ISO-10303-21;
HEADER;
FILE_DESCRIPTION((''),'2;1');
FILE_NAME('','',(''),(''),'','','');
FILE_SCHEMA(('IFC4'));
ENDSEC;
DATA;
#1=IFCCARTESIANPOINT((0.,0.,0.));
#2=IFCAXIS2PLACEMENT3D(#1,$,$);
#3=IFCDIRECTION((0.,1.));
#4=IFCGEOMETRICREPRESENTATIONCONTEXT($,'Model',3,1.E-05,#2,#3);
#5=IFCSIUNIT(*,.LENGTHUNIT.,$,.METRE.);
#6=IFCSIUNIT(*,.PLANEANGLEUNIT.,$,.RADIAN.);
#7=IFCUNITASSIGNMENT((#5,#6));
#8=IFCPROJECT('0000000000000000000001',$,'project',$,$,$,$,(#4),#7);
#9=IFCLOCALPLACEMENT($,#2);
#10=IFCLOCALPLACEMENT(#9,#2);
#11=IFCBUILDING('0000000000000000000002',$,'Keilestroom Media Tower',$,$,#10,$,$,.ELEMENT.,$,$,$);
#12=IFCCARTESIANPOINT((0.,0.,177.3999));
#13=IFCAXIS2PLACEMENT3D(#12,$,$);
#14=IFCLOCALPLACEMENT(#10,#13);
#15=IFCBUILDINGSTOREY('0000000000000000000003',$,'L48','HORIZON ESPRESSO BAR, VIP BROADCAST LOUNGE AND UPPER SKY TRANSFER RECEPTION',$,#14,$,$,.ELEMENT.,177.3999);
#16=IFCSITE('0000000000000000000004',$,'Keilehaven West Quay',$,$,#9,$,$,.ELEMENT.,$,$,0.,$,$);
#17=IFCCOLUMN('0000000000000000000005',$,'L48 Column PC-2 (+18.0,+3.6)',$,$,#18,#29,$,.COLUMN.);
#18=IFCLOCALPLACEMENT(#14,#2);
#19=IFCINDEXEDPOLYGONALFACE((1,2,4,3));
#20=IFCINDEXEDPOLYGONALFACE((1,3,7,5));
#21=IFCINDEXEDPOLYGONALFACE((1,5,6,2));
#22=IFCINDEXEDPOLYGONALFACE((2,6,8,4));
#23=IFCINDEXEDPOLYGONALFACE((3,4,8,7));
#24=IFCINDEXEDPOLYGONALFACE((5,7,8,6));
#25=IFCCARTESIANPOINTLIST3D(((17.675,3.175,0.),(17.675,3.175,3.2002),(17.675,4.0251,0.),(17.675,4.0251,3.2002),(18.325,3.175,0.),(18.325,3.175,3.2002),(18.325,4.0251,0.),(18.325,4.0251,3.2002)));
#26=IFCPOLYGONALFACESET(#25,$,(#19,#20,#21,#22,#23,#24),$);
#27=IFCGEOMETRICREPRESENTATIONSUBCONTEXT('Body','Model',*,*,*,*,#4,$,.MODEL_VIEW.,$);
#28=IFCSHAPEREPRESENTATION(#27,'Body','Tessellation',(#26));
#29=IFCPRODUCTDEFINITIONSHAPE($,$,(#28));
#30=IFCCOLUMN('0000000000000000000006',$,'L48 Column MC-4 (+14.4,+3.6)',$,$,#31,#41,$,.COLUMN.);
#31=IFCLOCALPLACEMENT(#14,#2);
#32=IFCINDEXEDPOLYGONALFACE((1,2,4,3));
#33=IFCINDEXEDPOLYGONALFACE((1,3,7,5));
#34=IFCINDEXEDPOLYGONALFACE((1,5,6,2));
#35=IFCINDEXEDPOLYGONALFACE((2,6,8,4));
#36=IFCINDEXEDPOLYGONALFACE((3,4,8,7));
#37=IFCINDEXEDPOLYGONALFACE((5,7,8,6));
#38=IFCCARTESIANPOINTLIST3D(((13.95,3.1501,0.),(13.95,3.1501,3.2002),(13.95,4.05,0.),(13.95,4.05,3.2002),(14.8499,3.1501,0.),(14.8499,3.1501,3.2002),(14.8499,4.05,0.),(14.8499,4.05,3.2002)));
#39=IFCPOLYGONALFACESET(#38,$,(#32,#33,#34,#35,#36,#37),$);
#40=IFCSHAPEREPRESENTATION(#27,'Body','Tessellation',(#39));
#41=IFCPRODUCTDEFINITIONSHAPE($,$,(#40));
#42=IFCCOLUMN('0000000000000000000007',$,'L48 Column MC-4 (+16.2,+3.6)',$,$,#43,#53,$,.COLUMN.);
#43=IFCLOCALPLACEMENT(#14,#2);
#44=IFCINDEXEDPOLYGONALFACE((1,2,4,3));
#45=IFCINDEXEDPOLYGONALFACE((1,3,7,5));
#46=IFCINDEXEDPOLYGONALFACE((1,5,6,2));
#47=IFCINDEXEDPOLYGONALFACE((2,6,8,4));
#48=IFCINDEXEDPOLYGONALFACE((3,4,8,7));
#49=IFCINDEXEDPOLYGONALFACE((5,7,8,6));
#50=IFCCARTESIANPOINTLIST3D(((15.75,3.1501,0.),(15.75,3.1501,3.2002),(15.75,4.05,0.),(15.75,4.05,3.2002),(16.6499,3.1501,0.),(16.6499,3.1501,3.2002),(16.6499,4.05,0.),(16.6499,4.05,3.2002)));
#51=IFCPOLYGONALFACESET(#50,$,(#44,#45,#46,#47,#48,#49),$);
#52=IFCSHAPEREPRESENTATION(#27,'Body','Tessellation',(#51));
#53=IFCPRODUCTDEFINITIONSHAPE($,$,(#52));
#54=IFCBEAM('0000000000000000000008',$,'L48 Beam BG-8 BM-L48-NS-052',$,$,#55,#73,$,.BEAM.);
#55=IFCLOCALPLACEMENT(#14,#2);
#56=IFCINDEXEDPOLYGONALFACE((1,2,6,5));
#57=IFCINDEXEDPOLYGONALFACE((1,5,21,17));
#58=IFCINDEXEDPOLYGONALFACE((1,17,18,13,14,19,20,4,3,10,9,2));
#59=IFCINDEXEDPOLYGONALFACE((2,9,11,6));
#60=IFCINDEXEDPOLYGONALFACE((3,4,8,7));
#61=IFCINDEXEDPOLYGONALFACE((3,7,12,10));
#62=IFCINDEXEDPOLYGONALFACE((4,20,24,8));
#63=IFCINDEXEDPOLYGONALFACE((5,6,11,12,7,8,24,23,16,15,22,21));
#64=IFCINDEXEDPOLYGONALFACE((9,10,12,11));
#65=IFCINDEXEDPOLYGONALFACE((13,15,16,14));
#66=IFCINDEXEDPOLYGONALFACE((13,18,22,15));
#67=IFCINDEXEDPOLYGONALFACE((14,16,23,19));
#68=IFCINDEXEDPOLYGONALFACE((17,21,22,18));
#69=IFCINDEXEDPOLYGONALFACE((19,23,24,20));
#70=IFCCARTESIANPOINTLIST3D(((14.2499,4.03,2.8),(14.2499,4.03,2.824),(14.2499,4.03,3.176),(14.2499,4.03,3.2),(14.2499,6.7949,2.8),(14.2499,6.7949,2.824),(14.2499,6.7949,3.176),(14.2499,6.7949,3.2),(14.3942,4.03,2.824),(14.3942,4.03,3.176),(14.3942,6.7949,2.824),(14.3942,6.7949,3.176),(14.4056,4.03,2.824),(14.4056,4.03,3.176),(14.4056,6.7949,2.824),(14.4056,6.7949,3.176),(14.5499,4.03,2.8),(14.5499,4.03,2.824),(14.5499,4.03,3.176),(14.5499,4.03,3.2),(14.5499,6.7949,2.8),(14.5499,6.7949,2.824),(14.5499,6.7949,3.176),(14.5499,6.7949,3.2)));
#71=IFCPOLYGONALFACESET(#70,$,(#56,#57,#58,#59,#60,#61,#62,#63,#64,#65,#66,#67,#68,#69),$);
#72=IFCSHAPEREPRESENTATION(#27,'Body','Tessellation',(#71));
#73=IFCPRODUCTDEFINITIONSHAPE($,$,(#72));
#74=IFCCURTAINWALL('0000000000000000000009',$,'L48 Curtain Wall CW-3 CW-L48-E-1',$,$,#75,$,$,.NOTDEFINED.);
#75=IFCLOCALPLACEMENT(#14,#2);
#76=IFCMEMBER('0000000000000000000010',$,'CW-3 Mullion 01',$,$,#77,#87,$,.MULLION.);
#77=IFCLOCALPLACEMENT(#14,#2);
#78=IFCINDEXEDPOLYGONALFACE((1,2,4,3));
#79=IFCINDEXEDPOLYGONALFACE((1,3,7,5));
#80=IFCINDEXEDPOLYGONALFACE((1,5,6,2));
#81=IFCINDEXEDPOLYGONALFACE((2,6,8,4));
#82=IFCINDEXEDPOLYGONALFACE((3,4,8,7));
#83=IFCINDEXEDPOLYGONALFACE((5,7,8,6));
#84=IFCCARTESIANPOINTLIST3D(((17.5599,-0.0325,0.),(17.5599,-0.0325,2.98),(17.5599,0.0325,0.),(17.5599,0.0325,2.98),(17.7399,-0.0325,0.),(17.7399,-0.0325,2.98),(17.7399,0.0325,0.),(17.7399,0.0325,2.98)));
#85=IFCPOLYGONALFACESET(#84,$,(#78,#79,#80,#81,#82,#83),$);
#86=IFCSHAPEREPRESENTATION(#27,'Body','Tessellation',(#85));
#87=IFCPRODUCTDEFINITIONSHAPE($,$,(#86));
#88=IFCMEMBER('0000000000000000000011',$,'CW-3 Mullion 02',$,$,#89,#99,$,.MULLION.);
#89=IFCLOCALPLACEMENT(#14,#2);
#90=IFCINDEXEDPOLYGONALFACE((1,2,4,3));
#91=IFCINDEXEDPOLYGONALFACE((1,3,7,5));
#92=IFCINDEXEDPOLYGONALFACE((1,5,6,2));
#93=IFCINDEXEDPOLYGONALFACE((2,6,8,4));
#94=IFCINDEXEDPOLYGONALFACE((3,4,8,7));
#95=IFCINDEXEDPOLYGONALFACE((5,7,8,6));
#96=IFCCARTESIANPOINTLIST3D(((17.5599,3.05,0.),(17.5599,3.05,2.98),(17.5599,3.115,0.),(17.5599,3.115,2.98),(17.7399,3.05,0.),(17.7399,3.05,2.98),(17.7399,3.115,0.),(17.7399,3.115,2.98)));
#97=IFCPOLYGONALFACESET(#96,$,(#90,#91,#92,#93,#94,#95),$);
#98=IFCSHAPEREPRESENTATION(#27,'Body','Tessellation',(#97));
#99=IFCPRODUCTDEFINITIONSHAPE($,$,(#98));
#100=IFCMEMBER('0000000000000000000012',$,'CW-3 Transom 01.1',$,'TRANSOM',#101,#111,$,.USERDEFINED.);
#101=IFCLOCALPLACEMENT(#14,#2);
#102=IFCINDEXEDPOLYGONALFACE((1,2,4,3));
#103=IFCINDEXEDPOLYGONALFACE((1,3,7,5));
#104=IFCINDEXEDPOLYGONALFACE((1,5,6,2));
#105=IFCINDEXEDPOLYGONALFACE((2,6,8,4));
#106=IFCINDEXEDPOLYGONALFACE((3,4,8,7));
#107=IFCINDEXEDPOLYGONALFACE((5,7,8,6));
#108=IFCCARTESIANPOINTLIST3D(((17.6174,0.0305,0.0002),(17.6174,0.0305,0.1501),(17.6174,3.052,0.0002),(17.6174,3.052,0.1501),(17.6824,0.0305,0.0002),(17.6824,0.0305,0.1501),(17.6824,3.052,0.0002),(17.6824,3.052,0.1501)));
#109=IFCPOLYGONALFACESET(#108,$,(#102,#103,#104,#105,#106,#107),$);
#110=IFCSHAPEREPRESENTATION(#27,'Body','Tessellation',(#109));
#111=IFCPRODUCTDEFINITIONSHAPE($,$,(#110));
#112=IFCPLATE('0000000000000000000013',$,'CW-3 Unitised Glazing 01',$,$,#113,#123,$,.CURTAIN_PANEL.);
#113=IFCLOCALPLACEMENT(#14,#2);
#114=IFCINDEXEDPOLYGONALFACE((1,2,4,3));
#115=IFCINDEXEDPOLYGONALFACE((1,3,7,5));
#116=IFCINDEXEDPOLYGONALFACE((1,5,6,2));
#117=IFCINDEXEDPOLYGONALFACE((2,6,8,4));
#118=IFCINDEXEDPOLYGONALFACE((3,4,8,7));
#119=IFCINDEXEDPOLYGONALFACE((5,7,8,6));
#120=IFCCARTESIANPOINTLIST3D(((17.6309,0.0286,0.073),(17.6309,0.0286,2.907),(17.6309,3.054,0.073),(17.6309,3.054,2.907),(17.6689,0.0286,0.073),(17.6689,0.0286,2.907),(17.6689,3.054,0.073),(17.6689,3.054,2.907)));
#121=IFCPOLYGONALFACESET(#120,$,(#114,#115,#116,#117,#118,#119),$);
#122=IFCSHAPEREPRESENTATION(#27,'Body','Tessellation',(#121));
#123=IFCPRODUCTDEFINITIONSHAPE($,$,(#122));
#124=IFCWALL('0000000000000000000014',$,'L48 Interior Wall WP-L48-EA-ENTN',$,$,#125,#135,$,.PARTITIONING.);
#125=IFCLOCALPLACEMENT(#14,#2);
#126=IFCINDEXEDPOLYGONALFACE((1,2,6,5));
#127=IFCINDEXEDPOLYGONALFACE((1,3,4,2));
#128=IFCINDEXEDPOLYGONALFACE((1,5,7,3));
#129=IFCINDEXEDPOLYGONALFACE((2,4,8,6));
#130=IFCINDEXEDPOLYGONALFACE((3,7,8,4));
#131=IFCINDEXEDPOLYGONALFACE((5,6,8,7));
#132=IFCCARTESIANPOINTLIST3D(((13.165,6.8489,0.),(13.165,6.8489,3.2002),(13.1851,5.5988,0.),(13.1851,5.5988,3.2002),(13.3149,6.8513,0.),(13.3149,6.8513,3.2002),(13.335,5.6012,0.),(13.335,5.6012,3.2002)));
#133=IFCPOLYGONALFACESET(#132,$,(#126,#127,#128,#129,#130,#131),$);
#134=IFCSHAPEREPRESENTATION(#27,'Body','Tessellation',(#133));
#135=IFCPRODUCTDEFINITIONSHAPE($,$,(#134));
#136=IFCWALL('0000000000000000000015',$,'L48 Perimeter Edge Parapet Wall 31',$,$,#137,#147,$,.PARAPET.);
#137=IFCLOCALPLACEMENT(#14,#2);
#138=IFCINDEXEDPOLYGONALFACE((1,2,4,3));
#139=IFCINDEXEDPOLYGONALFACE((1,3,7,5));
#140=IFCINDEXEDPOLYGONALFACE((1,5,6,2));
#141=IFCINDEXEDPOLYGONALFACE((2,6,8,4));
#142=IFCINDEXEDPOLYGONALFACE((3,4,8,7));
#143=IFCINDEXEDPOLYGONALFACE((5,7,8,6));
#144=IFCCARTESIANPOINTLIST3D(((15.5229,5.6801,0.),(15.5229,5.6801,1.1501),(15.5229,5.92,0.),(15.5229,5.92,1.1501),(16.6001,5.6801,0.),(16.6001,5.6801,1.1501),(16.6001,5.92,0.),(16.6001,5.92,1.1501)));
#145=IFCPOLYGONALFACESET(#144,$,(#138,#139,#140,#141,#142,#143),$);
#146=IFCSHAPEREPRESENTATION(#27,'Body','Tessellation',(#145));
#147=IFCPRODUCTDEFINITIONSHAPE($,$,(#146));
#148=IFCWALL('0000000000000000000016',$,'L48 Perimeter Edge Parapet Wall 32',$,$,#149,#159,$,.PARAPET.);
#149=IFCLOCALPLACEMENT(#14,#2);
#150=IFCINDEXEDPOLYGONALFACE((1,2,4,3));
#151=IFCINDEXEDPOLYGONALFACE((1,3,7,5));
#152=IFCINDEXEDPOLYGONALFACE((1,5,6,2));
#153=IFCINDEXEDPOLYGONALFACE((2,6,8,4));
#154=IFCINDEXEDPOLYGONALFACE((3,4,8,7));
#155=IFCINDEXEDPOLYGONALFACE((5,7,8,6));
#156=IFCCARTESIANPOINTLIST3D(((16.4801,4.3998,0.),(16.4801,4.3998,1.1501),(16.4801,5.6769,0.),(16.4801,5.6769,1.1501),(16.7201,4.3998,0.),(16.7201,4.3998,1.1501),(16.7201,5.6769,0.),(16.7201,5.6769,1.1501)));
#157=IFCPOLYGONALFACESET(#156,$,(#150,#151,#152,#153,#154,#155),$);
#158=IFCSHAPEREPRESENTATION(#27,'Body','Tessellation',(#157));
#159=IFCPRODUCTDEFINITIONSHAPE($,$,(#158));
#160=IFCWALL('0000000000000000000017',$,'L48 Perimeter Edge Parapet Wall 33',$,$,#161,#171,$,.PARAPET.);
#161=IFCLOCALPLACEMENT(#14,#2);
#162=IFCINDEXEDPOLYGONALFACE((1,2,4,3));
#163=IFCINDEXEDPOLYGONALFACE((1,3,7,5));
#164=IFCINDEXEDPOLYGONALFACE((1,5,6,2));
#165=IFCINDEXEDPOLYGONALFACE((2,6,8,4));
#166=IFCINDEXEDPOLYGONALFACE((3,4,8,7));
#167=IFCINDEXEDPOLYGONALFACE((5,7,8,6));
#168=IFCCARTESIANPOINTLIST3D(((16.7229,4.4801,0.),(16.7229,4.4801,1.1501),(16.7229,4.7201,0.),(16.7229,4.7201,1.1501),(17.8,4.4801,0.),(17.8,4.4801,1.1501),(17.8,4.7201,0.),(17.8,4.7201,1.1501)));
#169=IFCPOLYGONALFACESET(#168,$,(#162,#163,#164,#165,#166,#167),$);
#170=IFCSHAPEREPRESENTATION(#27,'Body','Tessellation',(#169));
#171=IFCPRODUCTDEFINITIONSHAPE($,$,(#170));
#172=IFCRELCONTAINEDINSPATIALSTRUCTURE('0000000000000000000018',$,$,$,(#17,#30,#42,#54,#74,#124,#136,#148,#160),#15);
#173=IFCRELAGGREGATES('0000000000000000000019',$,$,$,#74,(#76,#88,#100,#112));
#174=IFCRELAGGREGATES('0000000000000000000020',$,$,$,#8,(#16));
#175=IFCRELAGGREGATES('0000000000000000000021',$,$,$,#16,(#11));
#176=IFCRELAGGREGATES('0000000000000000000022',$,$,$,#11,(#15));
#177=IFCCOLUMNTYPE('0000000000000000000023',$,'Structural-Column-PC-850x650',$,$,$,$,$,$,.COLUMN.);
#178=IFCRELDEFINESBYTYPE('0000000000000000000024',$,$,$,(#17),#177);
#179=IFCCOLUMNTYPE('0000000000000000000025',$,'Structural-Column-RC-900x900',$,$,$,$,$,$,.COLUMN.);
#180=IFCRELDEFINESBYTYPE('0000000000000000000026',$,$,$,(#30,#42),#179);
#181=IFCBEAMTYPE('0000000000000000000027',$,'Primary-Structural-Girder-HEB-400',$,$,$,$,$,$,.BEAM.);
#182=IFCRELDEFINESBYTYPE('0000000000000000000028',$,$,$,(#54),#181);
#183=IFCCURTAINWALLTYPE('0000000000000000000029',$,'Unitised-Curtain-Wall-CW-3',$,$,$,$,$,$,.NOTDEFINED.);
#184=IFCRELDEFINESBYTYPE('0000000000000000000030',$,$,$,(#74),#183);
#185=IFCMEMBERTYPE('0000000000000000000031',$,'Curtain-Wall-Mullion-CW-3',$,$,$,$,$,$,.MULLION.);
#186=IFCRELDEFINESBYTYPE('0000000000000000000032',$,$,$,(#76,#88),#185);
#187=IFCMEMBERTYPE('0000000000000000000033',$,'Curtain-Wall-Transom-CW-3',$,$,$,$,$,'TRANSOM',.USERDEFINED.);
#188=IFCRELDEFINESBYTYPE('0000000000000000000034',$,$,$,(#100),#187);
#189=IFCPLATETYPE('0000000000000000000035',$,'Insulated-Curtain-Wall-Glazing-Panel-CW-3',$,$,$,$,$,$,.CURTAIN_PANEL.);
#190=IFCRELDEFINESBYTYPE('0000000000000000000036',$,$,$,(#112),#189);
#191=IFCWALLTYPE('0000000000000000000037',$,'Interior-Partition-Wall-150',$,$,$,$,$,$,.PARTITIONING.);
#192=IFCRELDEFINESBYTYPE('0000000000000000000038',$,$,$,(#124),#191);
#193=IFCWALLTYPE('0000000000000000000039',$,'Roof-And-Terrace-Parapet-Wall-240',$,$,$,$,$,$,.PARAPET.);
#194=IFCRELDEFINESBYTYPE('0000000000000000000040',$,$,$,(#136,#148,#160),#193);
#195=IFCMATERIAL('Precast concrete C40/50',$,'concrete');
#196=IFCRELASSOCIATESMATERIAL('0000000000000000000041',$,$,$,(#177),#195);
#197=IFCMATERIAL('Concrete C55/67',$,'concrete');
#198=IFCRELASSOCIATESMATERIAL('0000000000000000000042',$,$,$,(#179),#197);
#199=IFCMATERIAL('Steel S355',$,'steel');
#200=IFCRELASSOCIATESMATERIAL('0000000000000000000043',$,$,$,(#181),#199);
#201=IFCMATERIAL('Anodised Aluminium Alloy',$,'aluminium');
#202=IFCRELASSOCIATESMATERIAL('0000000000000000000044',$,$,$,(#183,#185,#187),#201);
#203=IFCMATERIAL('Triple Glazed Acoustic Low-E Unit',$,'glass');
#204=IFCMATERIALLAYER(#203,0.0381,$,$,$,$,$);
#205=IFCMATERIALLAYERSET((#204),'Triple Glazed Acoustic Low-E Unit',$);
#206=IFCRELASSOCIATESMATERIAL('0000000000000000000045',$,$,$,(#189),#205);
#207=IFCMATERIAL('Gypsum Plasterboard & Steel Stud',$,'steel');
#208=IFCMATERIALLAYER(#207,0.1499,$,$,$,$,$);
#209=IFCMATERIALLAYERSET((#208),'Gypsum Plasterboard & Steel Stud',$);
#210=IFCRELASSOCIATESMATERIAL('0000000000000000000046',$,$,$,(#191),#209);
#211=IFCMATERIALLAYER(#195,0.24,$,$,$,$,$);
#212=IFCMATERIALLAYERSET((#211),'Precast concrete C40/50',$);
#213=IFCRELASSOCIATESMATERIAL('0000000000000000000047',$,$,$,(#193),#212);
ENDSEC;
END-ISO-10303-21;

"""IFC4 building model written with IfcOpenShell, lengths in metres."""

from ifc_helpers import new_model, si_unit, direction, frame, frame_2d, origin, origin_2d, place, context, subcontext, project, spatial, rectangle, i_section, extrude, source, transform, mapped, material, layer, layer_set, material_profile, profile_set, type_object, element, aggregate, save


model = new_model("IFC4")

# Units and contexts
model_context = context("Model", 3, precision=1e-05, world=origin(), true_north=direction((0.0, 1.0)))
body_context = subcontext(model_context, "Body", "Model", "MODEL_VIEW")
ifc_project = project(units=[si_unit("LENGTHUNIT", "METRE"), si_unit("PLANEANGLEUNIT", "RADIAN")], contexts=[model_context])

# Site, building, storey
site_placement = place(None, origin())
site = spatial("IfcSite", under=ifc_project, at=site_placement, Name="Keilehaven West Quay", CompositionType="ELEMENT", RefElevation=0.0)
building_placement = place(site_placement, origin())
building = spatial("IfcBuilding", under=site, at=building_placement, Name="Keilestroom Media Tower", CompositionType="ELEMENT")
storey_placement = place(building_placement, frame((0.0, 0.0, 177.3999)))
storey = spatial("IfcBuildingStorey", under=building, at=storey_placement, Name="L48", Description="HORIZON ESPRESSO BAR, VIP BROADCAST LOUNGE AND UPPER SKY TRANSFER RECEPTION", CompositionType="ELEMENT", Elevation=177.3999)

# Columns
ifc_material_1 = material(Name="Precast concrete C40/50", Category="concrete")
ifc_material_profile_1 = material_profile(ifc_material_1, rectangle(XDim=0.6499, YDim=0.8501, at=origin_2d()), Name="PC 850x650")
ifc_profile_set_1 = profile_set([ifc_material_profile_1], Name="Precast concrete C40/50")
column_type_1 = type_object("IfcColumnType", Name="Structural-Column-PC-850x650", PredefinedType="COLUMN", material=ifc_profile_set_1)
shared_shape_1 = source(origin(), body_context, "Body", "SweptSolid", [
    extrude(rectangle(XDim=0.6499, YDim=0.8501, at=origin_2d()), origin(), (0.0, 0.0, 1.0), 3.2002),
])
column_placement = place(storey_placement, frame((18.0, 3.6001, 0.0), z_axis=(0.0, 0.0, 1.0), x_axis=(1.0, 0.0, 0.0)))
element("IfcColumn", 1, at=column_placement, inside=storey, type_object=column_type_1, Name="L48 Column PC-2 (+18.0,+3.6)", PredefinedType="COLUMN", context=body_context, shape_type="MappedRepresentation", body=[
    mapped(shared_shape_1, transform((0.0, 0.0, 0.0), x_axis=(1.0, 0.0, 0.0), y_axis=(0.0, 1.0, 0.0), z_axis=(0.0, 0.0, 1.0), scale=1.0)),
])
ifc_material_2 = material(Name="Concrete C55/67", Category="concrete")
ifc_material_profile_2 = material_profile(ifc_material_2, rectangle(XDim=0.8999, YDim=0.8999, at=origin_2d()), Name="RC 900x900")
ifc_profile_set_2 = profile_set([ifc_material_profile_2], Name="Concrete C55/67")
column_type_2 = type_object("IfcColumnType", Name="Structural-Column-RC-900x900", PredefinedType="COLUMN", material=ifc_profile_set_2)
shared_shape_2 = source(origin(), body_context, "Body", "SweptSolid", [
    extrude(rectangle(XDim=0.8999, YDim=0.8999, at=origin_2d()), origin(), (0.0, 0.0, 1.0), 3.2002),
])
for number, where, z_axis, x_axis, name in (
    (2, (14.3999, 3.6001, 0.0), (0.0, 0.0, 1.0), (1.0, 0.0, 0.0), "L48 Column MC-4 (+14.4,+3.6)"),
    (3, (16.2, 3.6001, 0.0), (0.0, 0.0, 1.0), (1.0, 0.0, 0.0), "L48 Column MC-4 (+16.2,+3.6)"),
):
    element("IfcColumn", number, at=place(storey_placement, frame(where, z_axis=z_axis, x_axis=x_axis)), inside=storey, type_object=column_type_2, Name=name, PredefinedType="COLUMN", context=body_context, shape_type="MappedRepresentation", body=[
        mapped(shared_shape_2, transform((0.0, 0.0, 0.0), x_axis=(1.0, 0.0, 0.0), y_axis=(0.0, 1.0, 0.0), z_axis=(0.0, 0.0, 1.0), scale=1.0)),
    ])

# Beam
ifc_material_3 = material(Name="Steel S355", Category="steel")
ifc_material_profile_3 = material_profile(ifc_material_3, i_section(OverallWidth=0.3, OverallDepth=0.3999, WebThickness=0.0115, FlangeThickness=0.0239, at=origin_2d()), Name="HEB 400")
ifc_profile_set_3 = profile_set([ifc_material_profile_3], Name="Steel S355")
beam_type = type_object("IfcBeamType", Name="Primary-Structural-Girder-HEB-400", PredefinedType="BEAM", material=ifc_profile_set_3)
shared_shape_3 = source(origin(), body_context, "Body", "SweptSolid", [
    extrude(i_section(OverallWidth=0.3, OverallDepth=0.3999, WebThickness=0.0115, FlangeThickness=0.0239, at=origin_2d()), origin(), (0.0, 0.0, 1.0), 2.7649),
])
beam_placement = place(storey_placement, frame((14.3999, 4.03, 3.0), z_axis=(0.0, 1.0, 0.0), x_axis=(-1.0, 0.0, 0.0)))
element("IfcBeam", 4, at=beam_placement, inside=storey, type_object=beam_type, Name="L48 Beam BG-8 BM-L48-NS-052", PredefinedType="BEAM", context=body_context, shape_type="MappedRepresentation", body=[
    mapped(shared_shape_3, transform((0.0, 0.0, 0.0), x_axis=(1.0, 0.0, 0.0), y_axis=(0.0, 1.0, 0.0), z_axis=(0.0, 0.0, 1.0), scale=1.0)),
])

# Curtain wall, members, plate
ifc_material_4 = material(Name="Anodised Aluminium Alloy", Category="aluminium")
curtain_wall_type = type_object("IfcCurtainWallType", Name="Unitised-Curtain-Wall-CW-3", PredefinedType="NOTDEFINED", material=ifc_material_4)
curtain_wall_placement = place(storey_placement, origin())
curtain_wall = element("IfcCurtainWall", 5, at=curtain_wall_placement, inside=storey, type_object=curtain_wall_type, Name="L48 Curtain Wall CW-3 CW-L48-E-1", PredefinedType="NOTDEFINED")
ifc_material_profile_4 = material_profile(ifc_material_4, rectangle(XDim=0.0649, YDim=0.1799, at=origin_2d()), Name="ALU MULLION 65x180")
ifc_profile_set_4 = profile_set([ifc_material_profile_4], Name="Anodised Aluminium Alloy")
member_type_1 = type_object("IfcMemberType", Name="Curtain-Wall-Mullion-CW-3", PredefinedType="MULLION", material=ifc_profile_set_4)
shared_shape_4 = source(origin(), body_context, "Body", "SweptSolid", [
    extrude(rectangle(XDim=0.0649, YDim=0.1799, at=origin_2d()), origin(), (0.0, 0.0, 1.0), 2.98),
])
member_1_placement = place(storey_placement, frame((17.6499, 0.0, 0.0), z_axis=(0.0, 0.0, 1.0), x_axis=(0.0, 1.0, 0.0)))
member_1 = element("IfcMember", 6, at=member_1_placement, type_object=member_type_1, Name="CW-3 Mullion 01", PredefinedType="MULLION", context=body_context, shape_type="MappedRepresentation", body=[
    mapped(shared_shape_4, transform((0.0, 0.0, 0.0), x_axis=(1.0, 0.0, 0.0), y_axis=(0.0, 1.0, 0.0), z_axis=(0.0, 0.0, 1.0), scale=1.0)),
])
member_2_placement = place(storey_placement, frame((17.6499, 3.0825, 0.0), z_axis=(0.0, 0.0, 1.0), x_axis=(0.0, 1.0, 0.0)))
member_2 = element("IfcMember", 7, at=member_2_placement, type_object=member_type_1, Name="CW-3 Mullion 02", PredefinedType="MULLION", context=body_context, shape_type="MappedRepresentation", body=[
    mapped(shared_shape_4, transform((0.0, 0.0, 0.0), x_axis=(1.0, 0.0, 0.0), y_axis=(0.0, 1.0, 0.0), z_axis=(0.0, 0.0, 1.0), scale=1.0)),
])
ifc_material_profile_5 = material_profile(ifc_material_4, rectangle(XDim=0.0649, YDim=0.1499, at=origin_2d()), Name="ALU TRANSOM 65x150")
ifc_profile_set_5 = profile_set([ifc_material_profile_5], Name="Anodised Aluminium Alloy")
member_type_2 = type_object("IfcMemberType", Name="Curtain-Wall-Transom-CW-3", ElementType="TRANSOM", PredefinedType="USERDEFINED", material=ifc_profile_set_5)
shared_shape_5 = source(origin(), body_context, "Body", "SweptSolid", [
    extrude(rectangle(XDim=0.0649, YDim=0.1499, at=origin_2d()), origin(), (0.0, 0.0, 1.0), 3.0215),
])
member_3_placement = place(storey_placement, frame((17.6499, 0.0305, 0.0752), z_axis=(0.0, 1.0, 0.0), x_axis=(-1.0, 0.0, 0.0)))
member_3 = element("IfcMember", 8, at=member_3_placement, type_object=member_type_2, Name="CW-3 Transom 01.1", ObjectType="TRANSOM", PredefinedType="USERDEFINED", context=body_context, shape_type="MappedRepresentation", body=[
    mapped(shared_shape_5, transform((0.0, 0.0, 0.0), x_axis=(1.0, 0.0, 0.0), y_axis=(0.0, 1.0, 0.0), z_axis=(0.0, 0.0, 1.0), scale=1.0)),
])
ifc_material_5 = material(Name="Triple Glazed Acoustic Low-E Unit", Category="glass")
ifc_layer_1 = layer(ifc_material_5, 0.0381)
ifc_layer_set_1 = layer_set([ifc_layer_1], Name="Triple Glazed Acoustic Low-E Unit")
plate_type = type_object("IfcPlateType", Name="Insulated-Curtain-Wall-Glazing-Panel-CW-3", PredefinedType="CURTAIN_PANEL", material=ifc_layer_set_1)
shared_shape_6 = source(origin(), body_context, "Body", "SweptSolid", [
    extrude(rectangle(XDim=3.0254, YDim=0.0381, at=origin_2d()), origin(), (0.0, 0.0, 1.0), 2.834),
])
plate_placement = place(storey_placement, frame((17.6499, 1.5413, 0.073), z_axis=(0.0, 0.0, 1.0), x_axis=(0.0, 1.0, 0.0)))
plate = element("IfcPlate", 9, at=plate_placement, type_object=plate_type, Name="CW-3 Unitised Glazing 01", PredefinedType="CURTAIN_PANEL", context=body_context, shape_type="MappedRepresentation", body=[
    mapped(shared_shape_6, transform((0.0, 0.0, 0.0), x_axis=(1.0, 0.0, 0.0), y_axis=(0.0, 1.0, 0.0), z_axis=(0.0, 0.0, 1.0), scale=1.0)),
])
aggregate(curtain_wall, [member_1, member_2, member_3, plate])

# Walls
ifc_material_6 = material(Name="Gypsum Plasterboard & Steel Stud", Category="steel")
ifc_layer_2 = layer(ifc_material_6, 0.1499)
ifc_layer_set_2 = layer_set([ifc_layer_2], Name="Gypsum Plasterboard & Steel Stud")
wall_type_1 = type_object("IfcWallType", Name="Interior-Partition-Wall-150", PredefinedType="PARTITIONING", material=ifc_layer_set_2)
wall_1_placement = place(storey_placement, frame((13.26, 5.6001, 0.0), z_axis=(0.0, 0.0, 1.0), x_axis=(-0.016014, 0.999872, 0.0)))
element("IfcWall", 10, at=wall_1_placement, inside=storey, type_object=wall_type_1, Name="L48 Interior Wall WP-L48-EA-ENTN", PredefinedType="PARTITIONING", context=body_context, shape_type="SweptSolid", body=[
    extrude(rectangle(XDim=1.2502, YDim=0.1499, at=frame_2d((0.625, 0.0))), origin(), (0.0, 0.0, 1.0), 3.2002),
])
ifc_layer_3 = layer(ifc_material_1, 0.24)
ifc_layer_set_3 = layer_set([ifc_layer_3], Name="Precast concrete C40/50")
wall_type_2 = type_object("IfcWallType", Name="Roof-And-Terrace-Parapet-Wall-240", PredefinedType="PARAPET", material=ifc_layer_set_3)
wall_2_placement = place(storey_placement, frame((15.5229, 5.8, 0.0), z_axis=(0.0, 0.0, 1.0), x_axis=(1.0, 0.0, 0.0)))
element("IfcWall", 11, at=wall_2_placement, inside=storey, type_object=wall_type_2, Name="L48 Perimeter Edge Parapet Wall 31", PredefinedType="PARAPET", context=body_context, shape_type="SweptSolid", body=[
    extrude(rectangle(XDim=1.0771, YDim=0.24, at=frame_2d((0.5386, 0.0))), origin(), (0.0, 0.0, 1.0), 1.1501),
])
wall_3_placement = place(storey_placement, frame((16.6001, 5.677, 0.0), z_axis=(0.0, 0.0, 1.0), x_axis=(0.0, -1.0, 0.0)))
element("IfcWall", 12, at=wall_3_placement, inside=storey, type_object=wall_type_2, Name="L48 Perimeter Edge Parapet Wall 32", PredefinedType="PARAPET", context=body_context, shape_type="SweptSolid", body=[
    extrude(rectangle(XDim=1.2771, YDim=0.24, at=frame_2d((0.6387, 0.0))), origin(), (0.0, 0.0, 1.0), 1.1501),
])
wall_4_placement = place(storey_placement, frame((16.7229, 4.6001, 0.0), z_axis=(0.0, 0.0, 1.0), x_axis=(1.0, 0.0, 0.0)))
element("IfcWall", 13, at=wall_4_placement, inside=storey, type_object=wall_type_2, Name="L48 Perimeter Edge Parapet Wall 33", PredefinedType="PARAPET", context=body_context, shape_type="SweptSolid", body=[
    extrude(rectangle(XDim=1.0771, YDim=0.24, at=frame_2d((0.5386, 0.0))), origin(), (0.0, 0.0, 1.0), 1.1501),
])

save(model, "model.ifc")
